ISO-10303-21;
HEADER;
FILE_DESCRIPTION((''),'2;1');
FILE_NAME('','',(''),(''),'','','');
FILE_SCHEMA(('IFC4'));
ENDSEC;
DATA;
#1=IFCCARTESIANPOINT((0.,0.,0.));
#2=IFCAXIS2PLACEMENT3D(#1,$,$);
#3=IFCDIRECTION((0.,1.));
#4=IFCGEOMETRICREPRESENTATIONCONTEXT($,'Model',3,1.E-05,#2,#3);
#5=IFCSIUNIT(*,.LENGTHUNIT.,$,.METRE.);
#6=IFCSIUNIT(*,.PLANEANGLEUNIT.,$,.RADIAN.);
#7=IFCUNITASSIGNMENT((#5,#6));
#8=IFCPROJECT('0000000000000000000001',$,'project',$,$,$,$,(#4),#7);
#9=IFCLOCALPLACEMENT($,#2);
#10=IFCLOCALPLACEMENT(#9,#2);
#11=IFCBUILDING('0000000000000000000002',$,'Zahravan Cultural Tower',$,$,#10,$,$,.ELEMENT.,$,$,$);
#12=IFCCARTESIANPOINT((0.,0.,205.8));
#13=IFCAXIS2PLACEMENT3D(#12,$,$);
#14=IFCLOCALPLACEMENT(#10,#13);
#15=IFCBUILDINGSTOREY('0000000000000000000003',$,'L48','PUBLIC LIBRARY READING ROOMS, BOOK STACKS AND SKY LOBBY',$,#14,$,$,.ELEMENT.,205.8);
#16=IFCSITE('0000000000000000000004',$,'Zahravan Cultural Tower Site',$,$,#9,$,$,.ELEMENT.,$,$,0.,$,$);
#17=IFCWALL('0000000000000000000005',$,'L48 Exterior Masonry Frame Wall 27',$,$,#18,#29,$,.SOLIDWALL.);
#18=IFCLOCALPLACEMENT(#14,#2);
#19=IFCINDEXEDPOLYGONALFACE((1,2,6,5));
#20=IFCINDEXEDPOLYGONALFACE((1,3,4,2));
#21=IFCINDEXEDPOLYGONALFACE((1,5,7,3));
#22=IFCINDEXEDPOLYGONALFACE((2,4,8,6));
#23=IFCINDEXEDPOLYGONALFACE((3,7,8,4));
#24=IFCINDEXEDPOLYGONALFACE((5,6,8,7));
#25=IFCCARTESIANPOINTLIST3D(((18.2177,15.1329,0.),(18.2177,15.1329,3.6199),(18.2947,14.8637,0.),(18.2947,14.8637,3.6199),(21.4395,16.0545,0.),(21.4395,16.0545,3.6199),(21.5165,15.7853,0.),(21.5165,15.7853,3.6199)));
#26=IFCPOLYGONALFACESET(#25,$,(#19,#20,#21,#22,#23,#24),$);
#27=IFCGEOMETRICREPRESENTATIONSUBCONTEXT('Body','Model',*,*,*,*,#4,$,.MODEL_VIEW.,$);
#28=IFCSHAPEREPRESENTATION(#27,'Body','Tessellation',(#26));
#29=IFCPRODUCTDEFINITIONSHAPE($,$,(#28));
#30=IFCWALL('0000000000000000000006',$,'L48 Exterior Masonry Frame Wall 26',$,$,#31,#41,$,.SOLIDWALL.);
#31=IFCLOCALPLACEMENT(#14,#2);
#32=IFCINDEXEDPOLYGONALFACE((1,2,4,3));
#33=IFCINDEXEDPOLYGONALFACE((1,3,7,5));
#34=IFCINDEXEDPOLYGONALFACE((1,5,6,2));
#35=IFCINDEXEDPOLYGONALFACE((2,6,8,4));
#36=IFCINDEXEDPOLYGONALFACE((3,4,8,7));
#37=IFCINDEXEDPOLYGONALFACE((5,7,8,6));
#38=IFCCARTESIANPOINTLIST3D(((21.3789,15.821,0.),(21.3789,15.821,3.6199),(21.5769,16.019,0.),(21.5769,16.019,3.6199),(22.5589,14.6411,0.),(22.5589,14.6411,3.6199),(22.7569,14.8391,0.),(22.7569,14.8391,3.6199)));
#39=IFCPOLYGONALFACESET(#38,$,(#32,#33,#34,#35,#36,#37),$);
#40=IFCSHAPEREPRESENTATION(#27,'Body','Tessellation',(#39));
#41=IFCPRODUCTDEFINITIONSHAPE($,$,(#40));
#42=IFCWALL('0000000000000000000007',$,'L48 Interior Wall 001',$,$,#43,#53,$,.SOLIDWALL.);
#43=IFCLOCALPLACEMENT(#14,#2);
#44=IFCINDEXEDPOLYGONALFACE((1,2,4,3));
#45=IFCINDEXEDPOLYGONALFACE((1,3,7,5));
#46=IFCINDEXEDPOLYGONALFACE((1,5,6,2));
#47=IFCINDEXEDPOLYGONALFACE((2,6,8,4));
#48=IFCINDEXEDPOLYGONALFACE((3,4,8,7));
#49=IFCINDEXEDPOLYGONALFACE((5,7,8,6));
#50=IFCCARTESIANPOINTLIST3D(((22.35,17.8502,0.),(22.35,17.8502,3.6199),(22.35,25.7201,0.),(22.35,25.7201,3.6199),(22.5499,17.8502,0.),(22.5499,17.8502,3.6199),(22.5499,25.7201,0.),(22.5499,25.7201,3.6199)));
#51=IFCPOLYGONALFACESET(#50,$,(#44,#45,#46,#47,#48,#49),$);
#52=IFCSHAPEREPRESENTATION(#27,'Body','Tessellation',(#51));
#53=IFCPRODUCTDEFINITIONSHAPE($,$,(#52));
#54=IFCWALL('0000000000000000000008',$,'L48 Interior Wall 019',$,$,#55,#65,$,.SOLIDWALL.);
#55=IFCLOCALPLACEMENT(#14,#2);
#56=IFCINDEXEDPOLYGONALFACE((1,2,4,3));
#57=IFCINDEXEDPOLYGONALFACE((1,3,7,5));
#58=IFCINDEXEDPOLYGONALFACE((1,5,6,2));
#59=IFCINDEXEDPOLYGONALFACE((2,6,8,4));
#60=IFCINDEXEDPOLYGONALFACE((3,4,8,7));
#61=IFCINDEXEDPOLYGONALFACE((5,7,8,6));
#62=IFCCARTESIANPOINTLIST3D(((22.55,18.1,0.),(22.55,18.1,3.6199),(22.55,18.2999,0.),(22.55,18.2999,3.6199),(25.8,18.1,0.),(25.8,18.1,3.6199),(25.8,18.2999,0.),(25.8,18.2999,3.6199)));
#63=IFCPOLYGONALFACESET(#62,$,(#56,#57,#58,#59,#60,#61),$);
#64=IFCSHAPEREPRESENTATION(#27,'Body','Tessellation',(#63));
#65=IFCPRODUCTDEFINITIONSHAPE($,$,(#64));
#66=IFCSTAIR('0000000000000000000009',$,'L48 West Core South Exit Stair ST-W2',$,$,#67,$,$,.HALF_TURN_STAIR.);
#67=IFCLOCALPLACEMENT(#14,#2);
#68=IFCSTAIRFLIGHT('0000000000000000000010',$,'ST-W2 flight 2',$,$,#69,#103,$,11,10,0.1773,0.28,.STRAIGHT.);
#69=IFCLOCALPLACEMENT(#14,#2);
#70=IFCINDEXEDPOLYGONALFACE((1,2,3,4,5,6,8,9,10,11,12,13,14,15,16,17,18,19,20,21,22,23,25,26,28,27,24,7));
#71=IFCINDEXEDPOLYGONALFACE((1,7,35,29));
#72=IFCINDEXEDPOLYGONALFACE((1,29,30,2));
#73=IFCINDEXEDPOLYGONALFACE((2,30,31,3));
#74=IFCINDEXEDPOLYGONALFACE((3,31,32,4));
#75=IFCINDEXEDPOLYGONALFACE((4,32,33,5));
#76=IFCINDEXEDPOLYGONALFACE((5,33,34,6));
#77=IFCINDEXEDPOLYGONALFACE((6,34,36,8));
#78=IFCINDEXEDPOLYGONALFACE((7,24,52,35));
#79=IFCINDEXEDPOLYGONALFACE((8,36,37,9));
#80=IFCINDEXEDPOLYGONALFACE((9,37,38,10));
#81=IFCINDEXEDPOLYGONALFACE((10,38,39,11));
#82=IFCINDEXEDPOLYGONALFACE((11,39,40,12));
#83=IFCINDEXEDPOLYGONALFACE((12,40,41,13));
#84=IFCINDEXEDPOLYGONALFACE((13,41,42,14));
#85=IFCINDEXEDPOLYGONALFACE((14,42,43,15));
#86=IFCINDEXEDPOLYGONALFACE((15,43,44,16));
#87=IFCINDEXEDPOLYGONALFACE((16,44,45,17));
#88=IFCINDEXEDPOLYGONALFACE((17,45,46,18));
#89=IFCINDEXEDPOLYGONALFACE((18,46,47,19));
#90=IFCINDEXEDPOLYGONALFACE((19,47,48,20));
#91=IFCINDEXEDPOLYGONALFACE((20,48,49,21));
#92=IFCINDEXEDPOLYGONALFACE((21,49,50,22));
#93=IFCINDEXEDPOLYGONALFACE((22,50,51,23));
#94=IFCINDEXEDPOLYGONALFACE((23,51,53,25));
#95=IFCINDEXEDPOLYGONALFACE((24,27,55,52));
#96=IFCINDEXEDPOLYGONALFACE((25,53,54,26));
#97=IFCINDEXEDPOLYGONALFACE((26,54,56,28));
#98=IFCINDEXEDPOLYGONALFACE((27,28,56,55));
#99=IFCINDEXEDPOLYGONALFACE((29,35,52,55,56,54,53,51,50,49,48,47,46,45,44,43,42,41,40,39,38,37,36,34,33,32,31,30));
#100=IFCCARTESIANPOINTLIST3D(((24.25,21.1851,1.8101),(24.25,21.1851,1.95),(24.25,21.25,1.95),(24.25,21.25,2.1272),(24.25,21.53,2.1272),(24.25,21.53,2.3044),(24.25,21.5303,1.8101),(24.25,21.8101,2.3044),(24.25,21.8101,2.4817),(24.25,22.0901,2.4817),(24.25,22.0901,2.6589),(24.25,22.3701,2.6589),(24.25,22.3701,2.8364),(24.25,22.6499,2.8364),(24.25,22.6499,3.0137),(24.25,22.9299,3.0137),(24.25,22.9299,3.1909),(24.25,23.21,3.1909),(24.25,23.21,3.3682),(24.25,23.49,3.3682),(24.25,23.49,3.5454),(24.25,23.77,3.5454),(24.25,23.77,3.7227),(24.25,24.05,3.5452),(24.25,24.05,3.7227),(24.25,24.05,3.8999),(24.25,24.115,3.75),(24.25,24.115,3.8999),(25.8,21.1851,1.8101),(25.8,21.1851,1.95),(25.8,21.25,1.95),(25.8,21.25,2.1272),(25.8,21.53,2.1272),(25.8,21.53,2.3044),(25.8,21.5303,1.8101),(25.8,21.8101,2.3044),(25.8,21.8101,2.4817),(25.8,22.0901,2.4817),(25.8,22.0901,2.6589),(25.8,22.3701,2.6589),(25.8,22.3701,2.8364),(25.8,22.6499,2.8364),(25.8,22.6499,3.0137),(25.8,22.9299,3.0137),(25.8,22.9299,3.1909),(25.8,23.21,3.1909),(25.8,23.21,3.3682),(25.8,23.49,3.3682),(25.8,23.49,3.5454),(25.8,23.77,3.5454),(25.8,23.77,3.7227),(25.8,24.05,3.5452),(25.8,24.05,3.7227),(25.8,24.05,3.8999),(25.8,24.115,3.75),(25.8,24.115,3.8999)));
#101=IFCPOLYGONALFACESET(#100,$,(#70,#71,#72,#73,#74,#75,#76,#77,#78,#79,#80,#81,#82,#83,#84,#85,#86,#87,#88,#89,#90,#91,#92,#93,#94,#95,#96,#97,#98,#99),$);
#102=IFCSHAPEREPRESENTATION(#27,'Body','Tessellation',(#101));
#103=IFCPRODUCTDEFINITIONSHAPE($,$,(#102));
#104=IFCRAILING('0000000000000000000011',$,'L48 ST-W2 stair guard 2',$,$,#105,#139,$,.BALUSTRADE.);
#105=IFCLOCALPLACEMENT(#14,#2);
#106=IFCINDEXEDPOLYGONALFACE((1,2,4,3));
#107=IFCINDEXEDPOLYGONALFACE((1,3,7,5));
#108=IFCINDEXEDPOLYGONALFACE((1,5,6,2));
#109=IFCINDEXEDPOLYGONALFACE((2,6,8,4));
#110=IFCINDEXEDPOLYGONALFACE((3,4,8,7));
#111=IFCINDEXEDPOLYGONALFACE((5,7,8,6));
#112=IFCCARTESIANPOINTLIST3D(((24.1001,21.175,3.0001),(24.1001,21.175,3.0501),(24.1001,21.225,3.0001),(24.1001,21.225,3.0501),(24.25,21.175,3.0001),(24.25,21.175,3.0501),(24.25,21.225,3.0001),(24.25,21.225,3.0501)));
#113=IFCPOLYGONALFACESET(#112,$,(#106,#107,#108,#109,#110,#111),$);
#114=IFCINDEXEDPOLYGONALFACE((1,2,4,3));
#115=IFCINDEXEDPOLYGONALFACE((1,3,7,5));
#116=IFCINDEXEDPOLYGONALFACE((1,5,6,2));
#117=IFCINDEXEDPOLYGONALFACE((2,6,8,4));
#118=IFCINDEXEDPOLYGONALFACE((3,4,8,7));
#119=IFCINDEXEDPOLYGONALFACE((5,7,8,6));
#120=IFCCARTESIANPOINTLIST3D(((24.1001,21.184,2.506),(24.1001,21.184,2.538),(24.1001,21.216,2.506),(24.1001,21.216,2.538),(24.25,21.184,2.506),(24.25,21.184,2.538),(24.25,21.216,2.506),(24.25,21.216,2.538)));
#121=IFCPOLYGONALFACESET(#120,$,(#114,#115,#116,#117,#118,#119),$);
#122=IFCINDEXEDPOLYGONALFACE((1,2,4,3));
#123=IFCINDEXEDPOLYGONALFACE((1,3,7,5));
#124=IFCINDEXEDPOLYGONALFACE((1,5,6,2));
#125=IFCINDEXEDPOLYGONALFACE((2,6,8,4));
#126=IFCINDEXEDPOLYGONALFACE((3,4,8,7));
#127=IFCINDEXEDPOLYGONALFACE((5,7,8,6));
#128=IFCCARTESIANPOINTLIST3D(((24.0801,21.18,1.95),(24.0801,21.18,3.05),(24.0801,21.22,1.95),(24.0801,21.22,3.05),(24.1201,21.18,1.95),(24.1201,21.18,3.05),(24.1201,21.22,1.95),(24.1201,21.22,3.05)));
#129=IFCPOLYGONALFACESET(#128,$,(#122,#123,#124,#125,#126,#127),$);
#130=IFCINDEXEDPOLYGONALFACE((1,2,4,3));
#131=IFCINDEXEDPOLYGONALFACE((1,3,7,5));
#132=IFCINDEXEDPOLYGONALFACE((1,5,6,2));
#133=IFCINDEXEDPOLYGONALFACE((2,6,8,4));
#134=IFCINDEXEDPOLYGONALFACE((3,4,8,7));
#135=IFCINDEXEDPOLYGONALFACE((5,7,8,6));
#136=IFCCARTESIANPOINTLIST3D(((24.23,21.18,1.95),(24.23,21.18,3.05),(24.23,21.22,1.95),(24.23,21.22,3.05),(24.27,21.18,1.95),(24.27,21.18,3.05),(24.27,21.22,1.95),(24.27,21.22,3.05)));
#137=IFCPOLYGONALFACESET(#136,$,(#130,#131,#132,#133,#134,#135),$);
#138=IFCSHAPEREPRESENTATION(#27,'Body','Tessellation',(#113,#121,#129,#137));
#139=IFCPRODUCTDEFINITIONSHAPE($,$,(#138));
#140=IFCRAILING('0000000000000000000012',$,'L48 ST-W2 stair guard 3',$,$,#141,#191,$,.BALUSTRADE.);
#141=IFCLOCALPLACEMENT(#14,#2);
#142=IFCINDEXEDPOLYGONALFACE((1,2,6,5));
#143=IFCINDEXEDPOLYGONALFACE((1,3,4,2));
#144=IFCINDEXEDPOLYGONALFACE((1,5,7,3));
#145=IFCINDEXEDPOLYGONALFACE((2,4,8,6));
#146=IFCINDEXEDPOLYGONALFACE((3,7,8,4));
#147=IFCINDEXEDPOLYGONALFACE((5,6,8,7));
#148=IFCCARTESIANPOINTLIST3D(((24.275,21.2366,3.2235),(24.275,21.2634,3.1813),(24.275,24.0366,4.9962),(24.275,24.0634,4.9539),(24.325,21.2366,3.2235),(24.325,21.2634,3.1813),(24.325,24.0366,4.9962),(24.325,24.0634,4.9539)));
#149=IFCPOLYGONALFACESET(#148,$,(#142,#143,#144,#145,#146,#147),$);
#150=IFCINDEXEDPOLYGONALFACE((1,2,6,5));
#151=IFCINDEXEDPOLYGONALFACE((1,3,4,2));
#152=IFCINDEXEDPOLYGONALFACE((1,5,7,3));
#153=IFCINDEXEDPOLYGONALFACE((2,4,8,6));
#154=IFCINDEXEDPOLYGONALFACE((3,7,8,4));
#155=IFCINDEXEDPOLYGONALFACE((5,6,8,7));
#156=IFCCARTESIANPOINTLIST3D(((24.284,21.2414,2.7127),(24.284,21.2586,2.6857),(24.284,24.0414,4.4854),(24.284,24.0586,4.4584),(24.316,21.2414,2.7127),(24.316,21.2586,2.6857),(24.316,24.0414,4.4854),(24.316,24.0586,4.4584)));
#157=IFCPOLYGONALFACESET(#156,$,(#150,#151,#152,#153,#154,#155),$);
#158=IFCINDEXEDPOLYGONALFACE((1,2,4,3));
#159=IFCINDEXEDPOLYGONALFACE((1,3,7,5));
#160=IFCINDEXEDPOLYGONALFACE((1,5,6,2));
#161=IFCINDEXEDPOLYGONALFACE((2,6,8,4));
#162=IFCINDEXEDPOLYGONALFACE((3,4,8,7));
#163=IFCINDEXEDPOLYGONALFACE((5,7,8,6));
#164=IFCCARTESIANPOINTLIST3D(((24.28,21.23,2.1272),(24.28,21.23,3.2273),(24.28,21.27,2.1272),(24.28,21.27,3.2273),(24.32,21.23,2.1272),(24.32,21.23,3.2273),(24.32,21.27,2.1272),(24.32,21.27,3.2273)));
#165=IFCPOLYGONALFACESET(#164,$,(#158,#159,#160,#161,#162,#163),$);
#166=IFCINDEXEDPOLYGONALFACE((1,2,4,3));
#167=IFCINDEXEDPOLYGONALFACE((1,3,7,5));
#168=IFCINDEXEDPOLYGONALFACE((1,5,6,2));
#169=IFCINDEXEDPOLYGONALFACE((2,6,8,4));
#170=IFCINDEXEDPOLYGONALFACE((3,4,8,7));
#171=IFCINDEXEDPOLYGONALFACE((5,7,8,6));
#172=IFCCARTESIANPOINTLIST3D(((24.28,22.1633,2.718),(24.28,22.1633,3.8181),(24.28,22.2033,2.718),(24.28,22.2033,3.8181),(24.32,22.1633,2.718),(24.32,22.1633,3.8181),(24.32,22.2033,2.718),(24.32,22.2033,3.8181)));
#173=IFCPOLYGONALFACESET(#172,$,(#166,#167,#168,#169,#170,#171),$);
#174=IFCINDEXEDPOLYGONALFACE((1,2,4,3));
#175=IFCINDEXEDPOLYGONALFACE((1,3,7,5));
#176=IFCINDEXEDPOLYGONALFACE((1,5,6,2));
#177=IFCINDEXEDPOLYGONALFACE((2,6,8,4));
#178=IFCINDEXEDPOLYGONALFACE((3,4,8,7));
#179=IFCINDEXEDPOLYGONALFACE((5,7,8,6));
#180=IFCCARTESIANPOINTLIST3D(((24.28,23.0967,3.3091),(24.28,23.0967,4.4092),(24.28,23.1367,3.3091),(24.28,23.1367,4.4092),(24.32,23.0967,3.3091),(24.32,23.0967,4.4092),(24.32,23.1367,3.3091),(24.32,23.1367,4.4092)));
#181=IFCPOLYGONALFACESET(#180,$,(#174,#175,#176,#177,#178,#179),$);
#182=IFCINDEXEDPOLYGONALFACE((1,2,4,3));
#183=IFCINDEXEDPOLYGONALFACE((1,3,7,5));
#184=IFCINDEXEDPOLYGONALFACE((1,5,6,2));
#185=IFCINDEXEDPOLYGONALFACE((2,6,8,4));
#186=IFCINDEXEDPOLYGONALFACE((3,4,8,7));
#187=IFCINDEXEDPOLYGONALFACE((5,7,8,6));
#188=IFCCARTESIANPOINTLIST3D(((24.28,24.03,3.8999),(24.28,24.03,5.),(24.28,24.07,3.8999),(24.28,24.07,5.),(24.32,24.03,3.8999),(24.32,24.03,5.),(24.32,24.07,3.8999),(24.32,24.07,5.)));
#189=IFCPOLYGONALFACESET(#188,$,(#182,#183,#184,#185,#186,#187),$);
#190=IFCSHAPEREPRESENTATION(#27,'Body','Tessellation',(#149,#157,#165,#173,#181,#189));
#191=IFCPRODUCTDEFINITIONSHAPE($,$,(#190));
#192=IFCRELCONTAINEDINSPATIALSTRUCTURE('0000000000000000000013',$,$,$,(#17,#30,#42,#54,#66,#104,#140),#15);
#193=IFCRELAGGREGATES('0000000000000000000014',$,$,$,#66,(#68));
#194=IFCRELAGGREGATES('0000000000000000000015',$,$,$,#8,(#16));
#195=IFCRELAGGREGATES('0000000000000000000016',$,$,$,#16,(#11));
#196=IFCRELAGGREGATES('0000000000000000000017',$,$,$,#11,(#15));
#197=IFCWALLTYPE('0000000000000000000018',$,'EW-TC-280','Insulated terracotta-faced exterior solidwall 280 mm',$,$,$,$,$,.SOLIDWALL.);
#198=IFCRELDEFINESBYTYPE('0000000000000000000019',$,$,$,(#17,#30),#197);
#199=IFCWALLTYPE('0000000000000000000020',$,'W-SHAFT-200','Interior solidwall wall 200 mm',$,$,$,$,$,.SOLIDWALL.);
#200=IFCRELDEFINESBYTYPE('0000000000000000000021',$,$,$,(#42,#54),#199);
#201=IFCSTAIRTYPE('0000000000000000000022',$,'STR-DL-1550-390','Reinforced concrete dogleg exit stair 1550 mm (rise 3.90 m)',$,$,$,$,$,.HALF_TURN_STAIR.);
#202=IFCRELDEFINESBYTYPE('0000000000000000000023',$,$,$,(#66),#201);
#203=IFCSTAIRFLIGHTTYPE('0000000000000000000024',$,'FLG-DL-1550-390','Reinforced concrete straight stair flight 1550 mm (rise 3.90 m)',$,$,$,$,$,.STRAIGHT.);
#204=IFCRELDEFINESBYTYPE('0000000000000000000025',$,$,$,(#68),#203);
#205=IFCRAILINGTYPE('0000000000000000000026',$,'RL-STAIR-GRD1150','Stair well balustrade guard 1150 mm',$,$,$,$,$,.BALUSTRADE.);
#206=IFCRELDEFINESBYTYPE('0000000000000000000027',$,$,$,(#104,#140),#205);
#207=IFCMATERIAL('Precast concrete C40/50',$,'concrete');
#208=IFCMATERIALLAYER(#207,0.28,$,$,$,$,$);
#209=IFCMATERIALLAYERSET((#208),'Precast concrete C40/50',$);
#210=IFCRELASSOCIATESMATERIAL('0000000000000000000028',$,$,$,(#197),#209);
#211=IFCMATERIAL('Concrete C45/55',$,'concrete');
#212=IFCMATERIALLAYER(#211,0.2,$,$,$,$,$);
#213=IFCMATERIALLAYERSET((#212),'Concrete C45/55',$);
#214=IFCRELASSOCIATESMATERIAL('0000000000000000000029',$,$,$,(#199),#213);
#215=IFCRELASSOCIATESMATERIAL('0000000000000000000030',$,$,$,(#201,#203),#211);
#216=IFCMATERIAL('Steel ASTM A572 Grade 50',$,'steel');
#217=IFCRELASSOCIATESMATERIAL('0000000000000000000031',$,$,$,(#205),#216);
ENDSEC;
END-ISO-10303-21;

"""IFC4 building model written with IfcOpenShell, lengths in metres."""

from ifc_helpers import new_model, si_unit, direction, frame, frame_2d, origin, origin_2d, place, context, subcontext, project, spatial, polyline, rectangle, outline, extrude, source, transform, mapped, material, layer, layer_set, type_object, element, aggregate, save


model = new_model("IFC4")

# Units and contexts
model_context = context("Model", 3, precision=1e-05, world=origin(), true_north=direction((0.0, 1.0)))
body_context = subcontext(model_context, "Body", "Model", "MODEL_VIEW")
ifc_project = project(units=[si_unit("LENGTHUNIT", "METRE"), si_unit("PLANEANGLEUNIT", "RADIAN")], contexts=[model_context])

# Site, building, storey
site_placement = place(None, origin())
site = spatial("IfcSite", under=ifc_project, at=site_placement, Name="Zahravan Cultural Tower Site", CompositionType="ELEMENT", RefElevation=0.0)
building_placement = place(site_placement, origin())
building = spatial("IfcBuilding", under=site, at=building_placement, Name="Zahravan Cultural Tower", CompositionType="ELEMENT")
storey_placement = place(building_placement, frame((0.0, 0.0, 205.8)))
storey = spatial("IfcBuildingStorey", under=building, at=storey_placement, Name="L48", Description="PUBLIC LIBRARY READING ROOMS, BOOK STACKS AND SKY LOBBY", CompositionType="ELEMENT", Elevation=205.8)

# Walls
ifc_material_1 = material(Name="Precast concrete C40/50", Category="concrete")
ifc_layer_1 = layer(ifc_material_1, 0.28)
ifc_layer_set_1 = layer_set([ifc_layer_1], Name="Precast concrete C40/50")
wall_type_1 = type_object("IfcWallType", Name="EW-TC-280", Description="Insulated terracotta-faced exterior solidwall 280 mm", PredefinedType="SOLIDWALL", material=ifc_layer_set_1)
shared_shape_1 = source(origin(), body_context, "Body", "SweptSolid", [
    extrude(rectangle(XDim=3.3511, YDim=0.28, at=frame_2d((1.6755, 0.0))), origin(), (0.0, 0.0, 1.0), 3.6199),
])
wall_1_placement = place(storey_placement, frame((21.478, 15.9199, 0.0), z_axis=(0.0, 0.0, 1.0), x_axis=(-0.961439, -0.275019, 0.0)))
element("IfcWall", 1, at=wall_1_placement, inside=storey, type_object=wall_type_1, Name="L48 Exterior Masonry Frame Wall 27", PredefinedType="SOLIDWALL", context=body_context, shape_type="MappedRepresentation", body=[
    mapped(shared_shape_1, transform((0.0, 0.0, 0.0), x_axis=(1.0, 0.0, 0.0), y_axis=(0.0, 1.0, 0.0), z_axis=(0.0, 0.0, 1.0), scale=1.0)),
])
shared_shape_2 = source(origin(), body_context, "Body", "SweptSolid", [
    extrude(rectangle(XDim=1.6687, YDim=0.28, at=frame_2d((0.8345, 0.0))), origin(), (0.0, 0.0, 1.0), 3.6199),
])
wall_2_placement = place(storey_placement, frame((22.658, 14.74, 0.0), z_axis=(0.0, 0.0, 1.0), x_axis=(-0.707107, 0.707107, 0.0)))
element("IfcWall", 2, at=wall_2_placement, inside=storey, type_object=wall_type_1, Name="L48 Exterior Masonry Frame Wall 26", PredefinedType="SOLIDWALL", context=body_context, shape_type="MappedRepresentation", body=[
    mapped(shared_shape_2, transform((0.0, 0.0, 0.0), x_axis=(1.0, 0.0, 0.0), y_axis=(0.0, 1.0, 0.0), z_axis=(0.0, 0.0, 1.0), scale=1.0)),
])
ifc_material_2 = material(Name="Concrete C45/55", Category="concrete")
ifc_layer_2 = layer(ifc_material_2, 0.2)
ifc_layer_set_2 = layer_set([ifc_layer_2], Name="Concrete C45/55")
wall_type_2 = type_object("IfcWallType", Name="W-SHAFT-200", Description="Interior solidwall wall 200 mm", PredefinedType="SOLIDWALL", material=ifc_layer_set_2)
shared_shape_3 = source(origin(), body_context, "Body", "SweptSolid", [
    extrude(rectangle(XDim=7.8699, YDim=0.2, at=frame_2d((3.9351, 0.0))), origin(), (0.0, 0.0, 1.0), 3.6199),
])
wall_3_placement = place(storey_placement, frame((22.45, 17.8501, 0.0), z_axis=(0.0, 0.0, 1.0), x_axis=(0.0, 1.0, 0.0)))
element("IfcWall", 3, at=wall_3_placement, inside=storey, type_object=wall_type_2, Name="L48 Interior Wall 001", PredefinedType="SOLIDWALL", context=body_context, shape_type="MappedRepresentation", body=[
    mapped(shared_shape_3, transform((0.0, 0.0, 0.0), x_axis=(1.0, 0.0, 0.0), y_axis=(0.0, 1.0, 0.0), z_axis=(0.0, 0.0, 1.0), scale=1.0)),
])
shared_shape_4 = source(origin(), body_context, "Body", "SweptSolid", [
    extrude(rectangle(XDim=3.25, YDim=0.2, at=frame_2d((1.625, 0.0))), origin(), (0.0, 0.0, 1.0), 3.6199),
])
wall_4_placement = place(storey_placement, frame((22.55, 18.2, 0.0), z_axis=(0.0, 0.0, 1.0), x_axis=(1.0, 0.0, 0.0)))
element("IfcWall", 4, at=wall_4_placement, inside=storey, type_object=wall_type_2, Name="L48 Interior Wall 019", PredefinedType="SOLIDWALL", context=body_context, shape_type="MappedRepresentation", body=[
    mapped(shared_shape_4, transform((0.0, 0.0, 0.0), x_axis=(1.0, 0.0, 0.0), y_axis=(0.0, 1.0, 0.0), z_axis=(0.0, 0.0, 1.0), scale=1.0)),
])

# Stair, stair flight
stair_type = type_object("IfcStairType", Name="STR-DL-1550-390", Description="Reinforced concrete dogleg exit stair 1550 mm (rise 3.90 m)", PredefinedType="HALF_TURN_STAIR", material=ifc_material_2)
stair_placement = place(storey_placement, origin())
stair = element("IfcStair", 5, at=stair_placement, inside=storey, type_object=stair_type, Name="L48 West Core South Exit Stair ST-W2", PredefinedType="HALF_TURN_STAIR")
stair_flight_type = type_object("IfcStairFlightType", Name="FLG-DL-1550-390", Description="Reinforced concrete straight stair flight 1550 mm (rise 3.90 m)", PredefinedType="STRAIGHT", material=ifc_material_2)
stair_flight_placement = place(storey_placement, frame((25.0249, 21.25, 1.95), z_axis=(0.0, 0.0, 1.0), x_axis=(0.0, 1.0, 0.0)))
stair_flight = element("IfcStairFlight", 6, at=stair_flight_placement, type_object=stair_flight_type, Name="ST-W2 flight 2", NumberOfRisers=11, NumberOfTreads=10, PredefinedType="STRAIGHT", RiserHeight=0.1773, TreadLength=0.28, context=body_context, shape_type="SweptSolid", body=[
    extrude(outline(polyline([(-0.0649, -0.1399), (-0.0649, 0.0), (0.0, 0.0), (0.0, 0.1772), (0.28, 0.1772), (0.28, 0.3545), (0.5601, 0.3545), (0.5601, 0.5317), (0.8401, 0.5317), (0.8401, 0.709), (1.1201, 0.709), (1.1201, 0.8865), (1.3999, 0.8865), (1.3999, 1.0637), (1.6799, 1.0637), (1.6799, 1.241), (1.96, 1.241), (1.96, 1.4182), (2.24, 1.4182), (2.24, 1.5955), (2.52, 1.5955), (2.52, 1.7727), (2.8, 1.7727), (2.8, 1.95), (2.865, 1.95), (2.865, 1.8), (2.8, 1.5952), (0.2803, -0.1399), (-0.0649, -0.1399)])), frame((0.0, 0.7749, 0.0), z_axis=(0.0, -1.0, 0.0), x_axis=(1.0, 0.0, 0.0)), (0.0, 0.0, 1.0), 1.55),
])
aggregate(stair, [stair_flight])

# Railings
ifc_material_3 = material(Name="Steel ASTM A572 Grade 50", Category="steel")
railing_type_1 = type_object("IfcRailingType", Name="RL-STAIR-GRD1150", Description="Stair well balustrade guard 1150 mm", PredefinedType="BALUSTRADE", material=ifc_material_3)
railing_1_placement = place(storey_placement, frame((24.1001, 21.2, 1.95)))
element("IfcRailing", 7, at=railing_1_placement, inside=storey, type_object=railing_type_1, Name="L48 ST-W2 stair guard 2", PredefinedType="BALUSTRADE", context=body_context, shape_type="SweptSolid", body=[
    extrude(rectangle(XDim=0.05, YDim=0.05, at=origin_2d()), frame((0.0, 0.0, 1.0752), z_axis=(1.0, 0.0, 0.0), x_axis=(0.0, 1.0, 0.0)), (0.0, 0.0, 1.0), 0.1499),
    extrude(rectangle(XDim=0.032, YDim=0.032, at=origin_2d()), frame((0.0, 0.0, 0.572), z_axis=(1.0, 0.0, 0.0), x_axis=(0.0, 1.0, 0.0)), (0.0, 0.0, 1.0), 0.1499),
    extrude(rectangle(XDim=0.04, YDim=0.04, at=origin_2d()), origin(), (0.0, 0.0, 1.0), 1.1001),
    extrude(rectangle(XDim=0.04, YDim=0.04, at=origin_2d()), frame((0.1499, 0.0, 0.0)), (0.0, 0.0, 1.0), 1.1001),
])
railing_2_placement = place(storey_placement, frame((24.3, 21.25, 2.1272)))
element("IfcRailing", 8, at=railing_2_placement, inside=storey, type_object=railing_type_1, Name="L48 ST-W2 stair guard 3", PredefinedType="BALUSTRADE", context=body_context, shape_type="SweptSolid", body=[
    extrude(rectangle(XDim=0.05, YDim=0.05, at=origin_2d()), frame((0.0, 0.0, 1.0752), z_axis=(0.0, 0.844909, 0.53491), x_axis=(-1.0, 0.0, 0.0)), (0.0, 0.0, 1.0), 3.314),
    extrude(rectangle(XDim=0.032, YDim=0.032, at=origin_2d()), frame((0.0, 0.0, 0.572), z_axis=(0.0, 0.844909, 0.53491), x_axis=(-1.0, 0.0, 0.0)), (0.0, 0.0, 1.0), 3.314),
    extrude(rectangle(XDim=0.04, YDim=0.04, at=origin_2d()), origin(), (0.0, 0.0, 1.0), 1.1001),
    extrude(rectangle(XDim=0.04, YDim=0.04, at=origin_2d()), frame((0.0, 0.9333, 0.5908)), (0.0, 0.0, 1.0), 1.1001),
    extrude(rectangle(XDim=0.04, YDim=0.04, at=origin_2d()), frame((0.0, 1.8667, 1.1819)), (0.0, 0.0, 1.0), 1.1001),
    extrude(rectangle(XDim=0.04, YDim=0.04, at=origin_2d()), frame((0.0, 2.8, 1.7727)), (0.0, 0.0, 1.0), 1.1001),
])

save(model, "model.ifc")
